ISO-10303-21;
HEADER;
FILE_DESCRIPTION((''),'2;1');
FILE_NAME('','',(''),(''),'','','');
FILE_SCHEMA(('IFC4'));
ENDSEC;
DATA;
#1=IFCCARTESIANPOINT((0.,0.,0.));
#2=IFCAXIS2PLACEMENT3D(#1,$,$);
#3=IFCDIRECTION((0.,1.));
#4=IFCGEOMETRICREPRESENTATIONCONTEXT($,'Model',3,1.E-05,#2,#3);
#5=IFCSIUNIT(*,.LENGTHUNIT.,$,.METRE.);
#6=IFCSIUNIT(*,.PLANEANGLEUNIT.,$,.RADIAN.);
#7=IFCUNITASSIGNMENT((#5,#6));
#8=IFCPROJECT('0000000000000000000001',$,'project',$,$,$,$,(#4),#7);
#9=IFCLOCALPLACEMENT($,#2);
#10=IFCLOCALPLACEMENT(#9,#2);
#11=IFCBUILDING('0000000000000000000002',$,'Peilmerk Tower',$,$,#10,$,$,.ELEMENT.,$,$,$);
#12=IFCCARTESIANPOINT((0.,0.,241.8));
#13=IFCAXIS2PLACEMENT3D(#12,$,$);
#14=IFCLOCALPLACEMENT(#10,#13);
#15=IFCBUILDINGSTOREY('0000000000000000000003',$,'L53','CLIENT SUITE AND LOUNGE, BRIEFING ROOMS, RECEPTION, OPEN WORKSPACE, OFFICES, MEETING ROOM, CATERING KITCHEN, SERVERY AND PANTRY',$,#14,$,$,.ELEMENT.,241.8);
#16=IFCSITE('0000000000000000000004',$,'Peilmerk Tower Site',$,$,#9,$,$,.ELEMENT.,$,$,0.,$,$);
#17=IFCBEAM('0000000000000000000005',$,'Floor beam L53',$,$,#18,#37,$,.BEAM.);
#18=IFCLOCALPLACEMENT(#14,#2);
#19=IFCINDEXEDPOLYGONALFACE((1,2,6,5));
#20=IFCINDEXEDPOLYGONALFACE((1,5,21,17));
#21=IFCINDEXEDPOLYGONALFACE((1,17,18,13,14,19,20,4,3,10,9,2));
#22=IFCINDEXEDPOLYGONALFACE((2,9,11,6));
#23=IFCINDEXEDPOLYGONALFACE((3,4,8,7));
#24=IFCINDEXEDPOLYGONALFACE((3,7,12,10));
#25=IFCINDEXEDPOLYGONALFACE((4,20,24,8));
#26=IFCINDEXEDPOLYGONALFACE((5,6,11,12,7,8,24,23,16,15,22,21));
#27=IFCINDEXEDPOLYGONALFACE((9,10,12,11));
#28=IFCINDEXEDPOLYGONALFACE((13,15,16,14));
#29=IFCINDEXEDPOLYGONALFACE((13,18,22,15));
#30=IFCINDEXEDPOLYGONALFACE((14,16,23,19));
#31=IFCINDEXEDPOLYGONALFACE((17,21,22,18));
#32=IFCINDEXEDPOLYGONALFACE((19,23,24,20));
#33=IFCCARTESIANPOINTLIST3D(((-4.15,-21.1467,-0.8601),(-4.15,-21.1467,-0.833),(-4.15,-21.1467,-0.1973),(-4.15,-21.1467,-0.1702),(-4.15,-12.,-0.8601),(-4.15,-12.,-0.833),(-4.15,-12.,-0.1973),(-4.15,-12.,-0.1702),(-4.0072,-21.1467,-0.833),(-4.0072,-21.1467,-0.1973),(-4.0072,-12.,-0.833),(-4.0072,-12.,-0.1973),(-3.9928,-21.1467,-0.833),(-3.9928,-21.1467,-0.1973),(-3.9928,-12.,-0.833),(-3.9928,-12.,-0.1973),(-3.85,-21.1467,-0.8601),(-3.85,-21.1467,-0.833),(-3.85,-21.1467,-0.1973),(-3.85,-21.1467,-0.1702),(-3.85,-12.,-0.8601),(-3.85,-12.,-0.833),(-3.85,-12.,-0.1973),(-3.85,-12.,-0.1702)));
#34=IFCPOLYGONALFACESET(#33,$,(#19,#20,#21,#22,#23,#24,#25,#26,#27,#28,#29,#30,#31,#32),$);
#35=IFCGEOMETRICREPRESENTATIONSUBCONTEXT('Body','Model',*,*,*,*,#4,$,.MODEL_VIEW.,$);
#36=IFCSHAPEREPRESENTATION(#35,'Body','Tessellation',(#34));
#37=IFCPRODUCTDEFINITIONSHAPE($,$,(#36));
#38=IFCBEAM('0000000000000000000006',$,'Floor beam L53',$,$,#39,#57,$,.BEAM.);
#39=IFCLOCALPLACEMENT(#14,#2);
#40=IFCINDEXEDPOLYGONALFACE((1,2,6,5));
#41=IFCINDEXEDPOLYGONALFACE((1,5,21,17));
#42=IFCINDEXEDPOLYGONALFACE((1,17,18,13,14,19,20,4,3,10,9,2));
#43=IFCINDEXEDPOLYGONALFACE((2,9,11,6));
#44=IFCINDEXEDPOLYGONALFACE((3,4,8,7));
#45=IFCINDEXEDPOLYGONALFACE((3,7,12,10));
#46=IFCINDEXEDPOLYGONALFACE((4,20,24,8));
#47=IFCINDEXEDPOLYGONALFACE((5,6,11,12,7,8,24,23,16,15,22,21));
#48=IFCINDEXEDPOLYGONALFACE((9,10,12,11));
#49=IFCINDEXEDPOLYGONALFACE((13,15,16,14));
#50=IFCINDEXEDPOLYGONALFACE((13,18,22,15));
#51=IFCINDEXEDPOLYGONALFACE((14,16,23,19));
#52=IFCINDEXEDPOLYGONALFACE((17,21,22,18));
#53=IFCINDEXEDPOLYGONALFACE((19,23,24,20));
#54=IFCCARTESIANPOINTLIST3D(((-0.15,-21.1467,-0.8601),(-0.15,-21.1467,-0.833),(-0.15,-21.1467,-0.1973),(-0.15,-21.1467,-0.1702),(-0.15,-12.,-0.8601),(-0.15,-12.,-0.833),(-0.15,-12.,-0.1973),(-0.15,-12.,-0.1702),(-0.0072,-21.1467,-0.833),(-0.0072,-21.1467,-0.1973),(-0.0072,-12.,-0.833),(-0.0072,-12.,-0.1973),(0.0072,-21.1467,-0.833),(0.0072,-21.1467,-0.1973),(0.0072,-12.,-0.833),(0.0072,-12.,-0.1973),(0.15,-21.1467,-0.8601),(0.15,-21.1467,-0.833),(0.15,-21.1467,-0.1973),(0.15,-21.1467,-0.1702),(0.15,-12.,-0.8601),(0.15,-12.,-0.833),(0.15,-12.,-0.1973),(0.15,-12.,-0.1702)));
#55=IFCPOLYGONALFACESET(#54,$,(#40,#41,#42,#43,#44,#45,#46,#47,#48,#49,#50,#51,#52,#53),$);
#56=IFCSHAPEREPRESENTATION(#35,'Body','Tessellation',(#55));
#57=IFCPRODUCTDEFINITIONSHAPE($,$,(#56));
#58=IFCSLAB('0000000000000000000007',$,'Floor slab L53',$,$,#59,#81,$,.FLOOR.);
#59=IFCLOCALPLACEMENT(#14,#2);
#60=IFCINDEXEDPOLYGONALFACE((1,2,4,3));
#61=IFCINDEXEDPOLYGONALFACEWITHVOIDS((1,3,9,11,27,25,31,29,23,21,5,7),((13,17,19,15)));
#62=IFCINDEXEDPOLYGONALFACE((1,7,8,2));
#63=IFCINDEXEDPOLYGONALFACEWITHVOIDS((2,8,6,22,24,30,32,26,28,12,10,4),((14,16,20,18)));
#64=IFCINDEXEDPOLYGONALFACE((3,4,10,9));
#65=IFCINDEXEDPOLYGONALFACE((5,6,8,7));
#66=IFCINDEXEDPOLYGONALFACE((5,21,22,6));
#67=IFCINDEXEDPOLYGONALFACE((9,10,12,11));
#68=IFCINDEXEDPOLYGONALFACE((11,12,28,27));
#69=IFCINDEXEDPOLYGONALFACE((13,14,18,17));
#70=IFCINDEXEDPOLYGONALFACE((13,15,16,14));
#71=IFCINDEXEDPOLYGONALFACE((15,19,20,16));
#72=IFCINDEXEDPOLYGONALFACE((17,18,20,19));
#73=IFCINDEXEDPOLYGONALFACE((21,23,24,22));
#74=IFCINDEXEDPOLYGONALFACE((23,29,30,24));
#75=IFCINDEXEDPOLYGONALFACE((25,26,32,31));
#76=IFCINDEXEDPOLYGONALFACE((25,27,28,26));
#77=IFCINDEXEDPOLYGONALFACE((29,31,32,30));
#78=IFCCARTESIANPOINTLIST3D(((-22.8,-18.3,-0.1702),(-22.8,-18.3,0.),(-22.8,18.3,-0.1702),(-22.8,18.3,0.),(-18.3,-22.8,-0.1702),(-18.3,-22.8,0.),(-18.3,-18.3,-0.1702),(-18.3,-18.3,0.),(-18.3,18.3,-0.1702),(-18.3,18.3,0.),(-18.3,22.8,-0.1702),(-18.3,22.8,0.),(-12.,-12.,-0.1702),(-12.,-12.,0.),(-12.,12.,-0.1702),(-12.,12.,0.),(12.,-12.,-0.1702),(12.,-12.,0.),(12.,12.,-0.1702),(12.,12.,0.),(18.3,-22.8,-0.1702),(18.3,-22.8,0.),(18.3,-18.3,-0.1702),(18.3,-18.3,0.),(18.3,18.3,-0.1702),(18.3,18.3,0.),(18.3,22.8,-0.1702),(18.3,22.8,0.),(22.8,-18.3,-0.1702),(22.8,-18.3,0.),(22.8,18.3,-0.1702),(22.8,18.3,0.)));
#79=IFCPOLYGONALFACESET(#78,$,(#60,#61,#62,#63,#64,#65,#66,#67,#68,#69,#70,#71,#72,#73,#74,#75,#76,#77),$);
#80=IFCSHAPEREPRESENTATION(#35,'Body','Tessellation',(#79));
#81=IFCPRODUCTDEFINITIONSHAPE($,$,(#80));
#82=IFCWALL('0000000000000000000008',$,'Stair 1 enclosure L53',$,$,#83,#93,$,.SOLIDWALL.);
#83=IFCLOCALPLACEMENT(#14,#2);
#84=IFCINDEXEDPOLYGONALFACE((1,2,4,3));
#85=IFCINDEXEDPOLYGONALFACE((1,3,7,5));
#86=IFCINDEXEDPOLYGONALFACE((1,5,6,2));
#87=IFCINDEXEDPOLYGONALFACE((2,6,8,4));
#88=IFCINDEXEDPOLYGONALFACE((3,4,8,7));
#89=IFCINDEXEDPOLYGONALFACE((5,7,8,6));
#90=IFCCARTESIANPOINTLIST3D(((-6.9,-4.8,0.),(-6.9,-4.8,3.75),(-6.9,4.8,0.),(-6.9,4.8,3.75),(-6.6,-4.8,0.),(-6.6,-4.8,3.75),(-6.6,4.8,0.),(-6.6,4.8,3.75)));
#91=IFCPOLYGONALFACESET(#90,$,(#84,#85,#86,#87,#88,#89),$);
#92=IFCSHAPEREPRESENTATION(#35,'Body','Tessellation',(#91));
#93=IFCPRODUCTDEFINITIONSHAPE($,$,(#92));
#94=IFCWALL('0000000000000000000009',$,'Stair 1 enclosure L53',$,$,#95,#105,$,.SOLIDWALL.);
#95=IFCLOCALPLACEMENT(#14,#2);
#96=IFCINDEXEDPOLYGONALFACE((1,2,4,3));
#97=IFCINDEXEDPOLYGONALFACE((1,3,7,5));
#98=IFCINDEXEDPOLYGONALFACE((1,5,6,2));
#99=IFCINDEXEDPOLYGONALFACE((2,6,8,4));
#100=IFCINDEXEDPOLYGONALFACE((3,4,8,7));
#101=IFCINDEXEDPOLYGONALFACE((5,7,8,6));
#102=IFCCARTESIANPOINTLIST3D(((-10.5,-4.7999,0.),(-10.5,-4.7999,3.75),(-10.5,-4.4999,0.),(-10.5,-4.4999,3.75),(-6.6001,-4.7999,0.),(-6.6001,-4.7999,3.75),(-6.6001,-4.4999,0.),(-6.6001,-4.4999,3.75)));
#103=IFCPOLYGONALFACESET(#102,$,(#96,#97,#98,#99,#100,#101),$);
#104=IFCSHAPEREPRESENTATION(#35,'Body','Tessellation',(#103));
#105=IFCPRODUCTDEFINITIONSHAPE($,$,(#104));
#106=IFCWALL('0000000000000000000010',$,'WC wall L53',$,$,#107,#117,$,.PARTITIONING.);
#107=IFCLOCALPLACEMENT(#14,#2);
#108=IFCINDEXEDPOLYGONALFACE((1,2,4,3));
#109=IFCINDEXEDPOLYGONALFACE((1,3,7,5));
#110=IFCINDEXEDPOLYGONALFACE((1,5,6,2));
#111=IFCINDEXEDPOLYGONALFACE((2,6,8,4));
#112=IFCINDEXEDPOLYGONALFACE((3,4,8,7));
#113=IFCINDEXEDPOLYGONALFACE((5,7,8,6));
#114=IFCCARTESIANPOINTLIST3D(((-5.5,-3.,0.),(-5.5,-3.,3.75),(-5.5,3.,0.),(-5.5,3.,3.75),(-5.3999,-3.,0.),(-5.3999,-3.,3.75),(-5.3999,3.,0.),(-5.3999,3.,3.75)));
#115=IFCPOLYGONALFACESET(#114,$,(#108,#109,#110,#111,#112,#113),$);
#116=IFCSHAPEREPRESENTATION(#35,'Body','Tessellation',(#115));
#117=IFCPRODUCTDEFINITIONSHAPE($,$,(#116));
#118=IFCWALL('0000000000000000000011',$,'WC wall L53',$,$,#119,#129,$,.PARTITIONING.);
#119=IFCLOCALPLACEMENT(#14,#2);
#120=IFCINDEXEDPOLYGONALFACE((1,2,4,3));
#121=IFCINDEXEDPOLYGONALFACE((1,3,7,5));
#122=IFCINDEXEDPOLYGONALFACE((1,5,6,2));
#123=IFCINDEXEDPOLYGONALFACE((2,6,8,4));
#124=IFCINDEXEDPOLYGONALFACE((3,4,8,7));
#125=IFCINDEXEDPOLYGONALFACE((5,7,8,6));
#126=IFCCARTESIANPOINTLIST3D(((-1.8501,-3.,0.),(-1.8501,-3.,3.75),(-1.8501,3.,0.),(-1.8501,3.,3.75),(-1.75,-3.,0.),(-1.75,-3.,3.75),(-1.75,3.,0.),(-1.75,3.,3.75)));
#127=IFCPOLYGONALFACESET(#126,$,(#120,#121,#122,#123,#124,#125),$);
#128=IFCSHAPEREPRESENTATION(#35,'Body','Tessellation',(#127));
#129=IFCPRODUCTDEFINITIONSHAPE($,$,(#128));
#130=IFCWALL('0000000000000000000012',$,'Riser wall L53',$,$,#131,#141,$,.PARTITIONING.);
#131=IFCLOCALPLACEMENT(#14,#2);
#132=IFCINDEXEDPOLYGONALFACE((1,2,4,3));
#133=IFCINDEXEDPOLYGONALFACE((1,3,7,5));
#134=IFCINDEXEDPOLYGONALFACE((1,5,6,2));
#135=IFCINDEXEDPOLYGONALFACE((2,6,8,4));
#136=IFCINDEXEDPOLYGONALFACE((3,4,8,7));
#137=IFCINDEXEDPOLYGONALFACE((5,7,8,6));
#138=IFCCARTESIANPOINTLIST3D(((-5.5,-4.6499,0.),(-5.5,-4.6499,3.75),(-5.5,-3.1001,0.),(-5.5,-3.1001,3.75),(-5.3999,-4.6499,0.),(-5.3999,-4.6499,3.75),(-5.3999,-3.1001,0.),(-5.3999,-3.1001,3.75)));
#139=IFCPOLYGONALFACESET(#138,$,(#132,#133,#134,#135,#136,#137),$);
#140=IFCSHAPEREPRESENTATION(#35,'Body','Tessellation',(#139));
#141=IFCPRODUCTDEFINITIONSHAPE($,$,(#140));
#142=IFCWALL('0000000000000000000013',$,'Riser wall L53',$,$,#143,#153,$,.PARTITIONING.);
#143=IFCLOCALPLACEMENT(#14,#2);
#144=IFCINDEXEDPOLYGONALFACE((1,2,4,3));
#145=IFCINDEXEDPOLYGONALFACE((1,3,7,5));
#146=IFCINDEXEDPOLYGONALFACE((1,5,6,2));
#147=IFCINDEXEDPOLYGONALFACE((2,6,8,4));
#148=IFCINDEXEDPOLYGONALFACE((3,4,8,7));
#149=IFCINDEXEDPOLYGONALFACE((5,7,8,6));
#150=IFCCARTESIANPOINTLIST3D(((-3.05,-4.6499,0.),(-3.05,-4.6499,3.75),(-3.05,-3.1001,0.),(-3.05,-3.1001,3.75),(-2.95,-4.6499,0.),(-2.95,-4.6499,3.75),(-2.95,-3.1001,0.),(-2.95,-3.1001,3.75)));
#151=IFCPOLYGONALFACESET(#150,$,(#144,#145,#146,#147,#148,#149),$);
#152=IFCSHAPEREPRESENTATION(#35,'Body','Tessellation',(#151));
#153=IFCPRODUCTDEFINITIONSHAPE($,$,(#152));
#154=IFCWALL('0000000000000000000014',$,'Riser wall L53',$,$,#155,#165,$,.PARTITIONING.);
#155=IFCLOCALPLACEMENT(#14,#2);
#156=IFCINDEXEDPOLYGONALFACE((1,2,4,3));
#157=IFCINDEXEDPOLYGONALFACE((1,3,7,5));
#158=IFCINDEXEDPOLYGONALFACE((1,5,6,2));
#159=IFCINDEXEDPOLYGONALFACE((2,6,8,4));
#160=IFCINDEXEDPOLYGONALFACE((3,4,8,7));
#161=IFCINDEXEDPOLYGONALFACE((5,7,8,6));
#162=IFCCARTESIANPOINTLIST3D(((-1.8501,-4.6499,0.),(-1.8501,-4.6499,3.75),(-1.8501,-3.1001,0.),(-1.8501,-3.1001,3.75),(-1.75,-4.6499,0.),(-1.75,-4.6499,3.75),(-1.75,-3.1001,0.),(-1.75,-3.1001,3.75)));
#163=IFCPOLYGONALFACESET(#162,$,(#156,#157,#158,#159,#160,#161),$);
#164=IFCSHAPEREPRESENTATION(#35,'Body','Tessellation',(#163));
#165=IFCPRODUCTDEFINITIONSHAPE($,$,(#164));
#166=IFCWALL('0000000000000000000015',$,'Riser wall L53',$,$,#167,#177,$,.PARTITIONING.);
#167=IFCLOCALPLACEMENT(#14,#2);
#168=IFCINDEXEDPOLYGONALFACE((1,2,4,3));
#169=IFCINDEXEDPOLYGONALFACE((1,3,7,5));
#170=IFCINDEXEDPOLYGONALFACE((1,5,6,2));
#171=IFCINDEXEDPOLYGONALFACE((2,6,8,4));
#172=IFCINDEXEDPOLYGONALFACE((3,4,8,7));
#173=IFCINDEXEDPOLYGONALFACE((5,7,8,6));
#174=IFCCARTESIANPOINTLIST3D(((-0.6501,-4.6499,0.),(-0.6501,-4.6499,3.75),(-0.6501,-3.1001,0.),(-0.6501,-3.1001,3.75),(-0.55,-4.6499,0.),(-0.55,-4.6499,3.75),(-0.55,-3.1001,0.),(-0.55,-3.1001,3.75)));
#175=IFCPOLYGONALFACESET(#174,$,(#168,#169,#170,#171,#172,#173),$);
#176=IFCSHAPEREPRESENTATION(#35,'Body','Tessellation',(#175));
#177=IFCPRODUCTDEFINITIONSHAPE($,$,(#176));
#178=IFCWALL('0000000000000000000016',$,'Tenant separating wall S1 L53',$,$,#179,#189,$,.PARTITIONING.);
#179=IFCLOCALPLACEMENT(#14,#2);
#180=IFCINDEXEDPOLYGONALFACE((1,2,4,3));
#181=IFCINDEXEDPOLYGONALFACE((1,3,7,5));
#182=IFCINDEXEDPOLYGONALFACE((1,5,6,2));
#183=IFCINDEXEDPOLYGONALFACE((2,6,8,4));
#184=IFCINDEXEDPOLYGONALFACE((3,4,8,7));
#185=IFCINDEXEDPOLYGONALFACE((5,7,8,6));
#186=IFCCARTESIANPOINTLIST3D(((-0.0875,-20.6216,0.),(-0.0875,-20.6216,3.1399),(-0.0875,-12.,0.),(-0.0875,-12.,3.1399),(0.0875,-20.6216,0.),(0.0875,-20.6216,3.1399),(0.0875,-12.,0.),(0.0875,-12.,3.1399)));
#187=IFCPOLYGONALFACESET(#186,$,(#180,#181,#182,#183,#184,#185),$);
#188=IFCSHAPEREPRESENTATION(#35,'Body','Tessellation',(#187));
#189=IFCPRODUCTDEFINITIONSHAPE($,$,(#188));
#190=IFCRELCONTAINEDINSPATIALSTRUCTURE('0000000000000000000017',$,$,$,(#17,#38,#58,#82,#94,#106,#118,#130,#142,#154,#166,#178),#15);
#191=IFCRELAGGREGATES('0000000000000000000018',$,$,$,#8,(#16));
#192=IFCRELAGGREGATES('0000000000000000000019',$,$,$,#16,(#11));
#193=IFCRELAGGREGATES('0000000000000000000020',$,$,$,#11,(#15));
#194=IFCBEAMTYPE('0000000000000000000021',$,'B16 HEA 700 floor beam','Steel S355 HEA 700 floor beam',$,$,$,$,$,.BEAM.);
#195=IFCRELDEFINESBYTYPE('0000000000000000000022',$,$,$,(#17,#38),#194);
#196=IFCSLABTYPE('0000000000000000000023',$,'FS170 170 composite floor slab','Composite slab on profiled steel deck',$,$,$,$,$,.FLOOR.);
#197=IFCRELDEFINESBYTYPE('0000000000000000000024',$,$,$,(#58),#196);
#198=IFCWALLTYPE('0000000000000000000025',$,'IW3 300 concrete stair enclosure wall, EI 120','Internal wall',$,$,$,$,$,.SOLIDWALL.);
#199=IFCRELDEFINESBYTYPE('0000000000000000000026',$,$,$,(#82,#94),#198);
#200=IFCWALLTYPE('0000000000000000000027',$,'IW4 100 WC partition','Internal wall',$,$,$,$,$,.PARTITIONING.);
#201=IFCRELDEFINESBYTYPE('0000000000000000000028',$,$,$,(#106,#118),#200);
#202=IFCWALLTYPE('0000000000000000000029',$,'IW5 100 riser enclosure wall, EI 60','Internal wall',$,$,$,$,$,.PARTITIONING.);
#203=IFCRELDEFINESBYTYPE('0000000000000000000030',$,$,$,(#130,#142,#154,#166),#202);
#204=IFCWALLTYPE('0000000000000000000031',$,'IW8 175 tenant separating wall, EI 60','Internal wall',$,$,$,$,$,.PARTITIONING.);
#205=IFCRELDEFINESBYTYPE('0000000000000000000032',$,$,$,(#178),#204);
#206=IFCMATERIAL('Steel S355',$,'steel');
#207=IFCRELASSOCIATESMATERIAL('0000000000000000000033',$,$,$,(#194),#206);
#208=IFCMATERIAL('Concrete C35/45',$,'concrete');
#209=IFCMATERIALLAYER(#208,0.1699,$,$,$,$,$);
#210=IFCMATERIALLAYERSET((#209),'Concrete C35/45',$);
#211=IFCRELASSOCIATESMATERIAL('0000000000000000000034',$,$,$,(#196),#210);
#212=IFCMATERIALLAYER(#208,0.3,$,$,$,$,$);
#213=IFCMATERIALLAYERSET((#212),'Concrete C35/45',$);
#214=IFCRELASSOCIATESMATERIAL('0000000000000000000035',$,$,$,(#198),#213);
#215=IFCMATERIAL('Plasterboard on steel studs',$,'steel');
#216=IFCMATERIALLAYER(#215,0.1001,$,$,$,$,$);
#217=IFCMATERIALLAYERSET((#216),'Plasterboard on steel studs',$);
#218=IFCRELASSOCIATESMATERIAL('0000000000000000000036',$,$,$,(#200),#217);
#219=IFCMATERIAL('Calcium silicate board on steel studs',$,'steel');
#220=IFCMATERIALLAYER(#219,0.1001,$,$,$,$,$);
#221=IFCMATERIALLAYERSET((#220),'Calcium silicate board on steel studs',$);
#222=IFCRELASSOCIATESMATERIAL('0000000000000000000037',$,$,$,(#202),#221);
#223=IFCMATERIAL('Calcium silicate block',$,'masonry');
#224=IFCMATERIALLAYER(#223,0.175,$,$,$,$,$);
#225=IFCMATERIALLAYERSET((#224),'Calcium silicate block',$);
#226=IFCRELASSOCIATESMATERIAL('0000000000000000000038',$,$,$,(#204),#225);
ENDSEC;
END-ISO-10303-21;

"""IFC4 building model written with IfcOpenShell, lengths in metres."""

from ifc_helpers import new_model, si_unit, direction, frame, frame_2d, origin, origin_2d, place, context, subcontext, project, spatial, polyline, rectangle, i_section, outline, extrude, material, layer, layer_set, material_profile, profile_set, type_object, element, save


model = new_model("IFC4")

# Units and contexts
model_context = context("Model", 3, precision=1e-05, world=origin(), true_north=direction((0.0, 1.0)))
body_context = subcontext(model_context, "Body", "Model", "MODEL_VIEW")
ifc_project = project(units=[si_unit("LENGTHUNIT", "METRE"), si_unit("PLANEANGLEUNIT", "RADIAN")], contexts=[model_context])

# Site, building, storey
site_placement = place(None, origin())
site = spatial("IfcSite", under=ifc_project, at=site_placement, Name="Peilmerk Tower Site", CompositionType="ELEMENT", RefElevation=0.0)
building_placement = place(site_placement, origin())
building = spatial("IfcBuilding", under=site, at=building_placement, Name="Peilmerk Tower", CompositionType="ELEMENT")
storey_placement = place(building_placement, frame((0.0, 0.0, 241.8)))
storey = spatial("IfcBuildingStorey", under=building, at=storey_placement, Name="L53", Description="CLIENT SUITE AND LOUNGE, BRIEFING ROOMS, RECEPTION, OPEN WORKSPACE, OFFICES, MEETING ROOM, CATERING KITCHEN, SERVERY AND PANTRY", CompositionType="ELEMENT", Elevation=241.8)

# Beams
ifc_material_1 = material(Name="Steel S355", Category="steel")
ifc_material_profile = material_profile(ifc_material_1, i_section(OverallWidth=0.3, OverallDepth=0.6899, WebThickness=0.0144, FlangeThickness=0.0271, at=origin_2d()), Name="HEA 700")
ifc_profile_set = profile_set([ifc_material_profile], Name="Steel S355")
beam_type = type_object("IfcBeamType", Name="B16 HEA 700 floor beam", Description="Steel S355 HEA 700 floor beam", PredefinedType="BEAM", material=ifc_profile_set)
for number, where, z_axis, x_axis, name in (
    (1, (-4.0, -12.0, -0.5151), (0.0, -1.0, 0.0), (1.0, 0.0, 0.0), "Floor beam L53"),
    (2, (0.0, -12.0, -0.5151), (0.0, -1.0, 0.0), (1.0, 0.0, 0.0), "Floor beam L53"),
):
    element("IfcBeam", number, at=place(storey_placement, frame(where, z_axis=z_axis, x_axis=x_axis)), inside=storey, type_object=beam_type, Name=name, PredefinedType="BEAM", context=body_context, shape_type="SweptSolid", body=[
        extrude(i_section(OverallWidth=0.3, OverallDepth=0.6899, WebThickness=0.0144, FlangeThickness=0.0271, at=origin_2d()), origin(), (0.0, 0.0, 1.0), 9.1467),
    ])

# Slab
ifc_material_2 = material(Name="Concrete C35/45", Category="concrete")
ifc_layer_1 = layer(ifc_material_2, 0.1699)
ifc_layer_set_1 = layer_set([ifc_layer_1], Name="Concrete C35/45")
slab_type = type_object("IfcSlabType", Name="FS170 170 composite floor slab", Description="Composite slab on profiled steel deck", PredefinedType="FLOOR", material=ifc_layer_set_1)
slab_placement = place(storey_placement, frame((0.0, 0.0, -0.1702)))
element("IfcSlab", 3, at=slab_placement, inside=storey, type_object=slab_type, Name="Floor slab L53", PredefinedType="FLOOR", context=body_context, shape_type="SweptSolid", body=[
    extrude(outline(polyline([(-18.3, -22.8), (18.3, -22.8), (18.3, -18.3), (22.8, -18.3), (22.8, 18.3), (18.3, 18.3), (18.3, 22.8), (-18.3, 22.8), (-18.3, 18.3), (-22.8, 18.3), (-22.8, -18.3), (-18.3, -18.3), (-18.3, -22.8)]), holes=[polyline([(12.0, 12.0), (12.0, -12.0), (-12.0, -12.0), (-12.0, 12.0), (12.0, 12.0)])]), origin(), (0.0, 0.0, 1.0), 0.1702),
])

# Walls
ifc_layer_2 = layer(ifc_material_2, 0.3)
ifc_layer_set_2 = layer_set([ifc_layer_2], Name="Concrete C35/45")
wall_type_1 = type_object("IfcWallType", Name="IW3 300 concrete stair enclosure wall, EI 120", Description="Internal wall", PredefinedType="SOLIDWALL", material=ifc_layer_set_2)
wall_1_placement = place(storey_placement, frame((-6.75, -4.8, 0.0), z_axis=(0.0, 0.0, 1.0), x_axis=(0.0, 1.0, 0.0)))
element("IfcWall", 4, at=wall_1_placement, inside=storey, type_object=wall_type_1, Name="Stair 1 enclosure L53", PredefinedType="SOLIDWALL", context=body_context, shape_type="SweptSolid", body=[
    extrude(rectangle(XDim=9.6001, YDim=0.3, at=frame_2d((4.8, 0.0))), origin(), (0.0, 0.0, 1.0), 3.75),
])
wall_2_placement = place(storey_placement, frame((-6.6001, -4.6499, 0.0), z_axis=(0.0, 0.0, 1.0), x_axis=(-1.0, 0.0, 0.0)))
element("IfcWall", 5, at=wall_2_placement, inside=storey, type_object=wall_type_1, Name="Stair 1 enclosure L53", PredefinedType="SOLIDWALL", context=body_context, shape_type="SweptSolid", body=[
    extrude(rectangle(XDim=3.8999, YDim=0.3, at=frame_2d((1.95, 0.0))), origin(), (0.0, 0.0, 1.0), 3.75),
])
ifc_material_3 = material(Name="Plasterboard on steel studs", Category="steel")
ifc_layer_3 = layer(ifc_material_3, 0.1001)
ifc_layer_set_3 = layer_set([ifc_layer_3], Name="Plasterboard on steel studs")
wall_type_2 = type_object("IfcWallType", Name="IW4 100 WC partition", Description="Internal wall", PredefinedType="PARTITIONING", material=ifc_layer_set_3)
for number, where, z_axis, x_axis, name in (
    (6, (-5.45, -3.0, 0.0), (0.0, 0.0, 1.0), (0.0, 1.0, 0.0), "WC wall L53"),
    (7, (-1.8, -3.0, 0.0), (0.0, 0.0, 1.0), (0.0, 1.0, 0.0), "WC wall L53"),
):
    element("IfcWall", number, at=place(storey_placement, frame(where, z_axis=z_axis, x_axis=x_axis)), inside=storey, type_object=wall_type_2, Name=name, PredefinedType="PARTITIONING", context=body_context, shape_type="SweptSolid", body=[
        extrude(rectangle(XDim=6.0, YDim=0.1001, at=frame_2d((3.0, 0.0))), origin(), (0.0, 0.0, 1.0), 3.75),
    ])
ifc_material_4 = material(Name="Calcium silicate board on steel studs", Category="steel")
ifc_layer_4 = layer(ifc_material_4, 0.1001)
ifc_layer_set_4 = layer_set([ifc_layer_4], Name="Calcium silicate board on steel studs")
wall_type_3 = type_object("IfcWallType", Name="IW5 100 riser enclosure wall, EI 60", Description="Internal wall", PredefinedType="PARTITIONING", material=ifc_layer_set_4)
for number, where, z_axis, x_axis, name in (
    (8, (-5.45, -3.1001, 0.0), (0.0, 0.0, 1.0), (0.0, -1.0, 0.0), "Riser wall L53"),
    (9, (-3.0, -3.1001, 0.0), (0.0, 0.0, 1.0), (0.0, -1.0, 0.0), "Riser wall L53"),
    (10, (-1.8, -3.1001, 0.0), (0.0, 0.0, 1.0), (0.0, -1.0, 0.0), "Riser wall L53"),
    (11, (-0.6001, -3.1001, 0.0), (0.0, 0.0, 1.0), (0.0, -1.0, 0.0), "Riser wall L53"),
):
    element("IfcWall", number, at=place(storey_placement, frame(where, z_axis=z_axis, x_axis=x_axis)), inside=storey, type_object=wall_type_3, Name=name, PredefinedType="PARTITIONING", context=body_context, shape_type="SweptSolid", body=[
        extrude(rectangle(XDim=1.5498, YDim=0.1001, at=frame_2d((0.7749, 0.0))), origin(), (0.0, 0.0, 1.0), 3.75),
    ])
ifc_material_5 = material(Name="Calcium silicate block", Category="masonry")
ifc_layer_5 = layer(ifc_material_5, 0.175)
ifc_layer_set_5 = layer_set([ifc_layer_5], Name="Calcium silicate block")
wall_type_4 = type_object("IfcWallType", Name="IW8 175 tenant separating wall, EI 60", Description="Internal wall", PredefinedType="PARTITIONING", material=ifc_layer_set_5)
wall_3_placement = place(storey_placement, frame((0.0, -12.0, 0.0), z_axis=(0.0, 0.0, 1.0), x_axis=(0.0, -1.0, 0.0)))
element("IfcWall", 12, at=wall_3_placement, inside=storey, type_object=wall_type_4, Name="Tenant separating wall S1 L53", PredefinedType="PARTITIONING", context=body_context, shape_type="SweptSolid", body=[
    extrude(rectangle(XDim=8.6216, YDim=0.175, at=frame_2d((4.3108, 0.0))), origin(), (0.0, 0.0, 1.0), 3.1399),
])

save(model, "model.ifc")
